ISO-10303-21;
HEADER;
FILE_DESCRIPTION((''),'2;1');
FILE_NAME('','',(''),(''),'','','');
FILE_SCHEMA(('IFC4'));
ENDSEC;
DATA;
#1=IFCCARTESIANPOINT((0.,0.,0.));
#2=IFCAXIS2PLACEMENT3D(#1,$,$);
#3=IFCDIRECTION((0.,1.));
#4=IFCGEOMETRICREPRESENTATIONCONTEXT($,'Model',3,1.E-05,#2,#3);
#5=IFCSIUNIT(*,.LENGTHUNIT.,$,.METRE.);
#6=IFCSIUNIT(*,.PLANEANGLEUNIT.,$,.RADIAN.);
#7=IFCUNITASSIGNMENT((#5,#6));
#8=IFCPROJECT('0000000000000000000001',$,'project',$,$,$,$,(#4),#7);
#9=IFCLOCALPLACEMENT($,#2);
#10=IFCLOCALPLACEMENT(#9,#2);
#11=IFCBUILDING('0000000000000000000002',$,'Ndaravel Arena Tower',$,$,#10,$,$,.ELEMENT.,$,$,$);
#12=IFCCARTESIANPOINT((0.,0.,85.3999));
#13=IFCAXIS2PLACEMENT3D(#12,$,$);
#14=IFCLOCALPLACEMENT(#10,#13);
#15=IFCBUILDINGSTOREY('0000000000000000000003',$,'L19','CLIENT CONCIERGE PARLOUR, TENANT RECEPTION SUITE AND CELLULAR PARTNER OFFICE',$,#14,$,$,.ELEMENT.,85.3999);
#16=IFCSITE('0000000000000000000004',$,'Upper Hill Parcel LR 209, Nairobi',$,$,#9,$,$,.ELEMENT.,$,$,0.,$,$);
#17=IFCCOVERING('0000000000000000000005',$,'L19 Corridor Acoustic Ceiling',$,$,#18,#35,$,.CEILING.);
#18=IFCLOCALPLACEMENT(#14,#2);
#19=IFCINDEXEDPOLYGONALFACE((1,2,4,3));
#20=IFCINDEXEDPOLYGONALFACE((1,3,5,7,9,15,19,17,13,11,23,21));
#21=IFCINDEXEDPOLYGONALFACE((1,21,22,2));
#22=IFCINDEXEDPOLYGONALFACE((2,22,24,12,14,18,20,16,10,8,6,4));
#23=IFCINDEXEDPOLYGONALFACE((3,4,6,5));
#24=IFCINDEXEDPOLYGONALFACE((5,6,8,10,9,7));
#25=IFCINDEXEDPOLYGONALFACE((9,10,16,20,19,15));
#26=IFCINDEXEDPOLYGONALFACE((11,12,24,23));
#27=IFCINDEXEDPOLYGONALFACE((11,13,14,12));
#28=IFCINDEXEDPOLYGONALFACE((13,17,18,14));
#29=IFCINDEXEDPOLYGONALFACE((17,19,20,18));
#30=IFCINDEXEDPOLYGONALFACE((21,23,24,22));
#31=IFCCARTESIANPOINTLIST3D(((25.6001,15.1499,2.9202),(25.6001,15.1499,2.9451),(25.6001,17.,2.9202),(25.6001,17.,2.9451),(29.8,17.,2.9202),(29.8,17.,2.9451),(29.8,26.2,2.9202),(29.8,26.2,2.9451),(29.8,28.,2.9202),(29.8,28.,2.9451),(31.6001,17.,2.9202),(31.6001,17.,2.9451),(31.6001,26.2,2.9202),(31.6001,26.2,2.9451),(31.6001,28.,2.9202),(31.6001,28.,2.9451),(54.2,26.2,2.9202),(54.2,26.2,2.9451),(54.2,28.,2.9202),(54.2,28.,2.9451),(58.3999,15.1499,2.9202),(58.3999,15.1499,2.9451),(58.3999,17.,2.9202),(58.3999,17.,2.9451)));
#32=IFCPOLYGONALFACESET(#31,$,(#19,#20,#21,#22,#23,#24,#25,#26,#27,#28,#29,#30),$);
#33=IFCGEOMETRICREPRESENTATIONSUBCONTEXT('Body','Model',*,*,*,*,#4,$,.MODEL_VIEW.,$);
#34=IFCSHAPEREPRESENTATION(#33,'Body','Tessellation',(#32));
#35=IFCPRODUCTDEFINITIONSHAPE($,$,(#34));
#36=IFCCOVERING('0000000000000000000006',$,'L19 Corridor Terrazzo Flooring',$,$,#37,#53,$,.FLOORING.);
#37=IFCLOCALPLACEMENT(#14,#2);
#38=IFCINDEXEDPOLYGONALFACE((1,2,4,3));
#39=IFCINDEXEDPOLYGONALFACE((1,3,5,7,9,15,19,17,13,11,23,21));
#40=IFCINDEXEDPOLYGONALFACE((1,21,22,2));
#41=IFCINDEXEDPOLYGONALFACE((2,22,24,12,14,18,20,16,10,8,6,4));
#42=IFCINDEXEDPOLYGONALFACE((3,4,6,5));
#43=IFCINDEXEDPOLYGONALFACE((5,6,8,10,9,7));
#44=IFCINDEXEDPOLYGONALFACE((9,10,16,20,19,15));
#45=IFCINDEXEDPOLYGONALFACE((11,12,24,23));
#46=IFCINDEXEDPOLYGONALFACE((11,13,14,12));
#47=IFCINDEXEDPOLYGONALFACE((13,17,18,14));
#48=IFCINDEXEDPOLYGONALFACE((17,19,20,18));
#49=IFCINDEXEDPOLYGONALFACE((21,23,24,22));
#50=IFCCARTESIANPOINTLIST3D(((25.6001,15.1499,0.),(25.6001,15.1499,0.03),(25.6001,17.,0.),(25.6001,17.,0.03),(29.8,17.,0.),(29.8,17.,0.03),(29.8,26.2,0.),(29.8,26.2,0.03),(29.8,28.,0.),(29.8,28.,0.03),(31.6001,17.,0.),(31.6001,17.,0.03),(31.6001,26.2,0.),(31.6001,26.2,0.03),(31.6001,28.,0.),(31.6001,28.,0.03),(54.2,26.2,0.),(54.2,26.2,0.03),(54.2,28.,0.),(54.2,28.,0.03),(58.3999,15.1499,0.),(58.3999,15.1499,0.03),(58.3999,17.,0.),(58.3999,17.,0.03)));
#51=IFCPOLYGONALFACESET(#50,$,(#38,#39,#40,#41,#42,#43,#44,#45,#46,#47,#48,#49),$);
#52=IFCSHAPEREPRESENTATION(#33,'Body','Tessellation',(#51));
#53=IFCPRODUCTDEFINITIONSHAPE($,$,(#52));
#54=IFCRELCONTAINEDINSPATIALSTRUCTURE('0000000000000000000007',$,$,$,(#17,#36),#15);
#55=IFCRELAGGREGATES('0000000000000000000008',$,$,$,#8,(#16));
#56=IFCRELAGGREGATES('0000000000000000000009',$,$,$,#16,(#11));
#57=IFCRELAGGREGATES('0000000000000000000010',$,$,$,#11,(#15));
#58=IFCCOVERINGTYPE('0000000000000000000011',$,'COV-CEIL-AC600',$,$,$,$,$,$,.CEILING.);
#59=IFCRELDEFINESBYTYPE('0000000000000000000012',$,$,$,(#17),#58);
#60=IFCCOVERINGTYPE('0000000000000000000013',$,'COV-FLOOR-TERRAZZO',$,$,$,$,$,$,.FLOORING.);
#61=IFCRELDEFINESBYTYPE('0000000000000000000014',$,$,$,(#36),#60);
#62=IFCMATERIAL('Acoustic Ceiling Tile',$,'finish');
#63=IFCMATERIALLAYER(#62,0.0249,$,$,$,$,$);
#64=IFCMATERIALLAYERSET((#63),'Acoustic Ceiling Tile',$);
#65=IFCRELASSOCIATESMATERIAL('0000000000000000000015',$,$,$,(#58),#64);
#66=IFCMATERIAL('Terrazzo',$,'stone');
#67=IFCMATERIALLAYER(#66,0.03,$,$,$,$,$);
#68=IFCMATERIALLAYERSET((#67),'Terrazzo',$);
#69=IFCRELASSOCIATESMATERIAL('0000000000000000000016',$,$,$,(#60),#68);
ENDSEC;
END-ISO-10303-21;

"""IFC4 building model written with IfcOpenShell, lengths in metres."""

from ifc_helpers import new_model, si_unit, direction, frame, origin, place, context, subcontext, project, spatial, polyline, outline, extrude, material, layer, layer_set, type_object, element, save


model = new_model("IFC4")

# Units and contexts
model_context = context("Model", 3, precision=1e-05, world=origin(), true_north=direction((0.0, 1.0)))
body_context = subcontext(model_context, "Body", "Model", "MODEL_VIEW")
ifc_project = project(units=[si_unit("LENGTHUNIT", "METRE"), si_unit("PLANEANGLEUNIT", "RADIAN")], contexts=[model_context])

# Site, building, storey
site_placement = place(None, origin())
site = spatial("IfcSite", under=ifc_project, at=site_placement, Name="Upper Hill Parcel LR 209, Nairobi", CompositionType="ELEMENT", RefElevation=0.0)
building_placement = place(site_placement, origin())
building = spatial("IfcBuilding", under=site, at=building_placement, Name="Ndaravel Arena Tower", CompositionType="ELEMENT")
storey_placement = place(building_placement, frame((0.0, 0.0, 85.3999)))
storey = spatial("IfcBuildingStorey", under=building, at=storey_placement, Name="L19", Description="CLIENT CONCIERGE PARLOUR, TENANT RECEPTION SUITE AND CELLULAR PARTNER OFFICE", CompositionType="ELEMENT", Elevation=85.3999)

# Coverings
ifc_material_1 = material(Name="Acoustic Ceiling Tile", Category="finish")
ifc_layer_1 = layer(ifc_material_1, 0.0249)
ifc_layer_set_1 = layer_set([ifc_layer_1], Name="Acoustic Ceiling Tile")
covering_type_1 = type_object("IfcCoveringType", Name="COV-CEIL-AC600", PredefinedType="CEILING", material=ifc_layer_set_1)
covering_1_placement = place(storey_placement, frame((0.0, 0.0, 2.9202)))
element("IfcCovering", 1, at=covering_1_placement, inside=storey, type_object=covering_type_1, Name="L19 Corridor Acoustic Ceiling", PredefinedType="CEILING", context=body_context, shape_type="SweptSolid", body=[
    extrude(outline(polyline([(58.3999, 17.0), (31.6001, 17.0), (31.6001, 26.2), (54.2, 26.2), (54.2, 28.0), (31.6001, 28.0), (29.8, 28.0), (29.8, 26.2), (29.8, 17.0), (25.6001, 17.0), (25.6001, 15.1499), (58.3999, 15.1499), (58.3999, 17.0)])), origin(), (0.0, 0.0, 1.0), 0.0249),
])
ifc_material_2 = material(Name="Terrazzo", Category="stone")
ifc_layer_2 = layer(ifc_material_2, 0.03)
ifc_layer_set_2 = layer_set([ifc_layer_2], Name="Terrazzo")
covering_type_2 = type_object("IfcCoveringType", Name="COV-FLOOR-TERRAZZO", PredefinedType="FLOORING", material=ifc_layer_set_2)
covering_2_placement = place(storey_placement, origin())
element("IfcCovering", 2, at=covering_2_placement, inside=storey, type_object=covering_type_2, Name="L19 Corridor Terrazzo Flooring", PredefinedType="FLOORING", context=body_context, shape_type="SweptSolid", body=[
    extrude(outline(polyline([(58.3999, 17.0), (31.6001, 17.0), (31.6001, 26.2), (54.2, 26.2), (54.2, 28.0), (31.6001, 28.0), (29.8, 28.0), (29.8, 26.2), (29.8, 17.0), (25.6001, 17.0), (25.6001, 15.1499), (58.3999, 15.1499), (58.3999, 17.0)])), origin(), (0.0, 0.0, 1.0), 0.03),
])

save(model, "model.ifc")
